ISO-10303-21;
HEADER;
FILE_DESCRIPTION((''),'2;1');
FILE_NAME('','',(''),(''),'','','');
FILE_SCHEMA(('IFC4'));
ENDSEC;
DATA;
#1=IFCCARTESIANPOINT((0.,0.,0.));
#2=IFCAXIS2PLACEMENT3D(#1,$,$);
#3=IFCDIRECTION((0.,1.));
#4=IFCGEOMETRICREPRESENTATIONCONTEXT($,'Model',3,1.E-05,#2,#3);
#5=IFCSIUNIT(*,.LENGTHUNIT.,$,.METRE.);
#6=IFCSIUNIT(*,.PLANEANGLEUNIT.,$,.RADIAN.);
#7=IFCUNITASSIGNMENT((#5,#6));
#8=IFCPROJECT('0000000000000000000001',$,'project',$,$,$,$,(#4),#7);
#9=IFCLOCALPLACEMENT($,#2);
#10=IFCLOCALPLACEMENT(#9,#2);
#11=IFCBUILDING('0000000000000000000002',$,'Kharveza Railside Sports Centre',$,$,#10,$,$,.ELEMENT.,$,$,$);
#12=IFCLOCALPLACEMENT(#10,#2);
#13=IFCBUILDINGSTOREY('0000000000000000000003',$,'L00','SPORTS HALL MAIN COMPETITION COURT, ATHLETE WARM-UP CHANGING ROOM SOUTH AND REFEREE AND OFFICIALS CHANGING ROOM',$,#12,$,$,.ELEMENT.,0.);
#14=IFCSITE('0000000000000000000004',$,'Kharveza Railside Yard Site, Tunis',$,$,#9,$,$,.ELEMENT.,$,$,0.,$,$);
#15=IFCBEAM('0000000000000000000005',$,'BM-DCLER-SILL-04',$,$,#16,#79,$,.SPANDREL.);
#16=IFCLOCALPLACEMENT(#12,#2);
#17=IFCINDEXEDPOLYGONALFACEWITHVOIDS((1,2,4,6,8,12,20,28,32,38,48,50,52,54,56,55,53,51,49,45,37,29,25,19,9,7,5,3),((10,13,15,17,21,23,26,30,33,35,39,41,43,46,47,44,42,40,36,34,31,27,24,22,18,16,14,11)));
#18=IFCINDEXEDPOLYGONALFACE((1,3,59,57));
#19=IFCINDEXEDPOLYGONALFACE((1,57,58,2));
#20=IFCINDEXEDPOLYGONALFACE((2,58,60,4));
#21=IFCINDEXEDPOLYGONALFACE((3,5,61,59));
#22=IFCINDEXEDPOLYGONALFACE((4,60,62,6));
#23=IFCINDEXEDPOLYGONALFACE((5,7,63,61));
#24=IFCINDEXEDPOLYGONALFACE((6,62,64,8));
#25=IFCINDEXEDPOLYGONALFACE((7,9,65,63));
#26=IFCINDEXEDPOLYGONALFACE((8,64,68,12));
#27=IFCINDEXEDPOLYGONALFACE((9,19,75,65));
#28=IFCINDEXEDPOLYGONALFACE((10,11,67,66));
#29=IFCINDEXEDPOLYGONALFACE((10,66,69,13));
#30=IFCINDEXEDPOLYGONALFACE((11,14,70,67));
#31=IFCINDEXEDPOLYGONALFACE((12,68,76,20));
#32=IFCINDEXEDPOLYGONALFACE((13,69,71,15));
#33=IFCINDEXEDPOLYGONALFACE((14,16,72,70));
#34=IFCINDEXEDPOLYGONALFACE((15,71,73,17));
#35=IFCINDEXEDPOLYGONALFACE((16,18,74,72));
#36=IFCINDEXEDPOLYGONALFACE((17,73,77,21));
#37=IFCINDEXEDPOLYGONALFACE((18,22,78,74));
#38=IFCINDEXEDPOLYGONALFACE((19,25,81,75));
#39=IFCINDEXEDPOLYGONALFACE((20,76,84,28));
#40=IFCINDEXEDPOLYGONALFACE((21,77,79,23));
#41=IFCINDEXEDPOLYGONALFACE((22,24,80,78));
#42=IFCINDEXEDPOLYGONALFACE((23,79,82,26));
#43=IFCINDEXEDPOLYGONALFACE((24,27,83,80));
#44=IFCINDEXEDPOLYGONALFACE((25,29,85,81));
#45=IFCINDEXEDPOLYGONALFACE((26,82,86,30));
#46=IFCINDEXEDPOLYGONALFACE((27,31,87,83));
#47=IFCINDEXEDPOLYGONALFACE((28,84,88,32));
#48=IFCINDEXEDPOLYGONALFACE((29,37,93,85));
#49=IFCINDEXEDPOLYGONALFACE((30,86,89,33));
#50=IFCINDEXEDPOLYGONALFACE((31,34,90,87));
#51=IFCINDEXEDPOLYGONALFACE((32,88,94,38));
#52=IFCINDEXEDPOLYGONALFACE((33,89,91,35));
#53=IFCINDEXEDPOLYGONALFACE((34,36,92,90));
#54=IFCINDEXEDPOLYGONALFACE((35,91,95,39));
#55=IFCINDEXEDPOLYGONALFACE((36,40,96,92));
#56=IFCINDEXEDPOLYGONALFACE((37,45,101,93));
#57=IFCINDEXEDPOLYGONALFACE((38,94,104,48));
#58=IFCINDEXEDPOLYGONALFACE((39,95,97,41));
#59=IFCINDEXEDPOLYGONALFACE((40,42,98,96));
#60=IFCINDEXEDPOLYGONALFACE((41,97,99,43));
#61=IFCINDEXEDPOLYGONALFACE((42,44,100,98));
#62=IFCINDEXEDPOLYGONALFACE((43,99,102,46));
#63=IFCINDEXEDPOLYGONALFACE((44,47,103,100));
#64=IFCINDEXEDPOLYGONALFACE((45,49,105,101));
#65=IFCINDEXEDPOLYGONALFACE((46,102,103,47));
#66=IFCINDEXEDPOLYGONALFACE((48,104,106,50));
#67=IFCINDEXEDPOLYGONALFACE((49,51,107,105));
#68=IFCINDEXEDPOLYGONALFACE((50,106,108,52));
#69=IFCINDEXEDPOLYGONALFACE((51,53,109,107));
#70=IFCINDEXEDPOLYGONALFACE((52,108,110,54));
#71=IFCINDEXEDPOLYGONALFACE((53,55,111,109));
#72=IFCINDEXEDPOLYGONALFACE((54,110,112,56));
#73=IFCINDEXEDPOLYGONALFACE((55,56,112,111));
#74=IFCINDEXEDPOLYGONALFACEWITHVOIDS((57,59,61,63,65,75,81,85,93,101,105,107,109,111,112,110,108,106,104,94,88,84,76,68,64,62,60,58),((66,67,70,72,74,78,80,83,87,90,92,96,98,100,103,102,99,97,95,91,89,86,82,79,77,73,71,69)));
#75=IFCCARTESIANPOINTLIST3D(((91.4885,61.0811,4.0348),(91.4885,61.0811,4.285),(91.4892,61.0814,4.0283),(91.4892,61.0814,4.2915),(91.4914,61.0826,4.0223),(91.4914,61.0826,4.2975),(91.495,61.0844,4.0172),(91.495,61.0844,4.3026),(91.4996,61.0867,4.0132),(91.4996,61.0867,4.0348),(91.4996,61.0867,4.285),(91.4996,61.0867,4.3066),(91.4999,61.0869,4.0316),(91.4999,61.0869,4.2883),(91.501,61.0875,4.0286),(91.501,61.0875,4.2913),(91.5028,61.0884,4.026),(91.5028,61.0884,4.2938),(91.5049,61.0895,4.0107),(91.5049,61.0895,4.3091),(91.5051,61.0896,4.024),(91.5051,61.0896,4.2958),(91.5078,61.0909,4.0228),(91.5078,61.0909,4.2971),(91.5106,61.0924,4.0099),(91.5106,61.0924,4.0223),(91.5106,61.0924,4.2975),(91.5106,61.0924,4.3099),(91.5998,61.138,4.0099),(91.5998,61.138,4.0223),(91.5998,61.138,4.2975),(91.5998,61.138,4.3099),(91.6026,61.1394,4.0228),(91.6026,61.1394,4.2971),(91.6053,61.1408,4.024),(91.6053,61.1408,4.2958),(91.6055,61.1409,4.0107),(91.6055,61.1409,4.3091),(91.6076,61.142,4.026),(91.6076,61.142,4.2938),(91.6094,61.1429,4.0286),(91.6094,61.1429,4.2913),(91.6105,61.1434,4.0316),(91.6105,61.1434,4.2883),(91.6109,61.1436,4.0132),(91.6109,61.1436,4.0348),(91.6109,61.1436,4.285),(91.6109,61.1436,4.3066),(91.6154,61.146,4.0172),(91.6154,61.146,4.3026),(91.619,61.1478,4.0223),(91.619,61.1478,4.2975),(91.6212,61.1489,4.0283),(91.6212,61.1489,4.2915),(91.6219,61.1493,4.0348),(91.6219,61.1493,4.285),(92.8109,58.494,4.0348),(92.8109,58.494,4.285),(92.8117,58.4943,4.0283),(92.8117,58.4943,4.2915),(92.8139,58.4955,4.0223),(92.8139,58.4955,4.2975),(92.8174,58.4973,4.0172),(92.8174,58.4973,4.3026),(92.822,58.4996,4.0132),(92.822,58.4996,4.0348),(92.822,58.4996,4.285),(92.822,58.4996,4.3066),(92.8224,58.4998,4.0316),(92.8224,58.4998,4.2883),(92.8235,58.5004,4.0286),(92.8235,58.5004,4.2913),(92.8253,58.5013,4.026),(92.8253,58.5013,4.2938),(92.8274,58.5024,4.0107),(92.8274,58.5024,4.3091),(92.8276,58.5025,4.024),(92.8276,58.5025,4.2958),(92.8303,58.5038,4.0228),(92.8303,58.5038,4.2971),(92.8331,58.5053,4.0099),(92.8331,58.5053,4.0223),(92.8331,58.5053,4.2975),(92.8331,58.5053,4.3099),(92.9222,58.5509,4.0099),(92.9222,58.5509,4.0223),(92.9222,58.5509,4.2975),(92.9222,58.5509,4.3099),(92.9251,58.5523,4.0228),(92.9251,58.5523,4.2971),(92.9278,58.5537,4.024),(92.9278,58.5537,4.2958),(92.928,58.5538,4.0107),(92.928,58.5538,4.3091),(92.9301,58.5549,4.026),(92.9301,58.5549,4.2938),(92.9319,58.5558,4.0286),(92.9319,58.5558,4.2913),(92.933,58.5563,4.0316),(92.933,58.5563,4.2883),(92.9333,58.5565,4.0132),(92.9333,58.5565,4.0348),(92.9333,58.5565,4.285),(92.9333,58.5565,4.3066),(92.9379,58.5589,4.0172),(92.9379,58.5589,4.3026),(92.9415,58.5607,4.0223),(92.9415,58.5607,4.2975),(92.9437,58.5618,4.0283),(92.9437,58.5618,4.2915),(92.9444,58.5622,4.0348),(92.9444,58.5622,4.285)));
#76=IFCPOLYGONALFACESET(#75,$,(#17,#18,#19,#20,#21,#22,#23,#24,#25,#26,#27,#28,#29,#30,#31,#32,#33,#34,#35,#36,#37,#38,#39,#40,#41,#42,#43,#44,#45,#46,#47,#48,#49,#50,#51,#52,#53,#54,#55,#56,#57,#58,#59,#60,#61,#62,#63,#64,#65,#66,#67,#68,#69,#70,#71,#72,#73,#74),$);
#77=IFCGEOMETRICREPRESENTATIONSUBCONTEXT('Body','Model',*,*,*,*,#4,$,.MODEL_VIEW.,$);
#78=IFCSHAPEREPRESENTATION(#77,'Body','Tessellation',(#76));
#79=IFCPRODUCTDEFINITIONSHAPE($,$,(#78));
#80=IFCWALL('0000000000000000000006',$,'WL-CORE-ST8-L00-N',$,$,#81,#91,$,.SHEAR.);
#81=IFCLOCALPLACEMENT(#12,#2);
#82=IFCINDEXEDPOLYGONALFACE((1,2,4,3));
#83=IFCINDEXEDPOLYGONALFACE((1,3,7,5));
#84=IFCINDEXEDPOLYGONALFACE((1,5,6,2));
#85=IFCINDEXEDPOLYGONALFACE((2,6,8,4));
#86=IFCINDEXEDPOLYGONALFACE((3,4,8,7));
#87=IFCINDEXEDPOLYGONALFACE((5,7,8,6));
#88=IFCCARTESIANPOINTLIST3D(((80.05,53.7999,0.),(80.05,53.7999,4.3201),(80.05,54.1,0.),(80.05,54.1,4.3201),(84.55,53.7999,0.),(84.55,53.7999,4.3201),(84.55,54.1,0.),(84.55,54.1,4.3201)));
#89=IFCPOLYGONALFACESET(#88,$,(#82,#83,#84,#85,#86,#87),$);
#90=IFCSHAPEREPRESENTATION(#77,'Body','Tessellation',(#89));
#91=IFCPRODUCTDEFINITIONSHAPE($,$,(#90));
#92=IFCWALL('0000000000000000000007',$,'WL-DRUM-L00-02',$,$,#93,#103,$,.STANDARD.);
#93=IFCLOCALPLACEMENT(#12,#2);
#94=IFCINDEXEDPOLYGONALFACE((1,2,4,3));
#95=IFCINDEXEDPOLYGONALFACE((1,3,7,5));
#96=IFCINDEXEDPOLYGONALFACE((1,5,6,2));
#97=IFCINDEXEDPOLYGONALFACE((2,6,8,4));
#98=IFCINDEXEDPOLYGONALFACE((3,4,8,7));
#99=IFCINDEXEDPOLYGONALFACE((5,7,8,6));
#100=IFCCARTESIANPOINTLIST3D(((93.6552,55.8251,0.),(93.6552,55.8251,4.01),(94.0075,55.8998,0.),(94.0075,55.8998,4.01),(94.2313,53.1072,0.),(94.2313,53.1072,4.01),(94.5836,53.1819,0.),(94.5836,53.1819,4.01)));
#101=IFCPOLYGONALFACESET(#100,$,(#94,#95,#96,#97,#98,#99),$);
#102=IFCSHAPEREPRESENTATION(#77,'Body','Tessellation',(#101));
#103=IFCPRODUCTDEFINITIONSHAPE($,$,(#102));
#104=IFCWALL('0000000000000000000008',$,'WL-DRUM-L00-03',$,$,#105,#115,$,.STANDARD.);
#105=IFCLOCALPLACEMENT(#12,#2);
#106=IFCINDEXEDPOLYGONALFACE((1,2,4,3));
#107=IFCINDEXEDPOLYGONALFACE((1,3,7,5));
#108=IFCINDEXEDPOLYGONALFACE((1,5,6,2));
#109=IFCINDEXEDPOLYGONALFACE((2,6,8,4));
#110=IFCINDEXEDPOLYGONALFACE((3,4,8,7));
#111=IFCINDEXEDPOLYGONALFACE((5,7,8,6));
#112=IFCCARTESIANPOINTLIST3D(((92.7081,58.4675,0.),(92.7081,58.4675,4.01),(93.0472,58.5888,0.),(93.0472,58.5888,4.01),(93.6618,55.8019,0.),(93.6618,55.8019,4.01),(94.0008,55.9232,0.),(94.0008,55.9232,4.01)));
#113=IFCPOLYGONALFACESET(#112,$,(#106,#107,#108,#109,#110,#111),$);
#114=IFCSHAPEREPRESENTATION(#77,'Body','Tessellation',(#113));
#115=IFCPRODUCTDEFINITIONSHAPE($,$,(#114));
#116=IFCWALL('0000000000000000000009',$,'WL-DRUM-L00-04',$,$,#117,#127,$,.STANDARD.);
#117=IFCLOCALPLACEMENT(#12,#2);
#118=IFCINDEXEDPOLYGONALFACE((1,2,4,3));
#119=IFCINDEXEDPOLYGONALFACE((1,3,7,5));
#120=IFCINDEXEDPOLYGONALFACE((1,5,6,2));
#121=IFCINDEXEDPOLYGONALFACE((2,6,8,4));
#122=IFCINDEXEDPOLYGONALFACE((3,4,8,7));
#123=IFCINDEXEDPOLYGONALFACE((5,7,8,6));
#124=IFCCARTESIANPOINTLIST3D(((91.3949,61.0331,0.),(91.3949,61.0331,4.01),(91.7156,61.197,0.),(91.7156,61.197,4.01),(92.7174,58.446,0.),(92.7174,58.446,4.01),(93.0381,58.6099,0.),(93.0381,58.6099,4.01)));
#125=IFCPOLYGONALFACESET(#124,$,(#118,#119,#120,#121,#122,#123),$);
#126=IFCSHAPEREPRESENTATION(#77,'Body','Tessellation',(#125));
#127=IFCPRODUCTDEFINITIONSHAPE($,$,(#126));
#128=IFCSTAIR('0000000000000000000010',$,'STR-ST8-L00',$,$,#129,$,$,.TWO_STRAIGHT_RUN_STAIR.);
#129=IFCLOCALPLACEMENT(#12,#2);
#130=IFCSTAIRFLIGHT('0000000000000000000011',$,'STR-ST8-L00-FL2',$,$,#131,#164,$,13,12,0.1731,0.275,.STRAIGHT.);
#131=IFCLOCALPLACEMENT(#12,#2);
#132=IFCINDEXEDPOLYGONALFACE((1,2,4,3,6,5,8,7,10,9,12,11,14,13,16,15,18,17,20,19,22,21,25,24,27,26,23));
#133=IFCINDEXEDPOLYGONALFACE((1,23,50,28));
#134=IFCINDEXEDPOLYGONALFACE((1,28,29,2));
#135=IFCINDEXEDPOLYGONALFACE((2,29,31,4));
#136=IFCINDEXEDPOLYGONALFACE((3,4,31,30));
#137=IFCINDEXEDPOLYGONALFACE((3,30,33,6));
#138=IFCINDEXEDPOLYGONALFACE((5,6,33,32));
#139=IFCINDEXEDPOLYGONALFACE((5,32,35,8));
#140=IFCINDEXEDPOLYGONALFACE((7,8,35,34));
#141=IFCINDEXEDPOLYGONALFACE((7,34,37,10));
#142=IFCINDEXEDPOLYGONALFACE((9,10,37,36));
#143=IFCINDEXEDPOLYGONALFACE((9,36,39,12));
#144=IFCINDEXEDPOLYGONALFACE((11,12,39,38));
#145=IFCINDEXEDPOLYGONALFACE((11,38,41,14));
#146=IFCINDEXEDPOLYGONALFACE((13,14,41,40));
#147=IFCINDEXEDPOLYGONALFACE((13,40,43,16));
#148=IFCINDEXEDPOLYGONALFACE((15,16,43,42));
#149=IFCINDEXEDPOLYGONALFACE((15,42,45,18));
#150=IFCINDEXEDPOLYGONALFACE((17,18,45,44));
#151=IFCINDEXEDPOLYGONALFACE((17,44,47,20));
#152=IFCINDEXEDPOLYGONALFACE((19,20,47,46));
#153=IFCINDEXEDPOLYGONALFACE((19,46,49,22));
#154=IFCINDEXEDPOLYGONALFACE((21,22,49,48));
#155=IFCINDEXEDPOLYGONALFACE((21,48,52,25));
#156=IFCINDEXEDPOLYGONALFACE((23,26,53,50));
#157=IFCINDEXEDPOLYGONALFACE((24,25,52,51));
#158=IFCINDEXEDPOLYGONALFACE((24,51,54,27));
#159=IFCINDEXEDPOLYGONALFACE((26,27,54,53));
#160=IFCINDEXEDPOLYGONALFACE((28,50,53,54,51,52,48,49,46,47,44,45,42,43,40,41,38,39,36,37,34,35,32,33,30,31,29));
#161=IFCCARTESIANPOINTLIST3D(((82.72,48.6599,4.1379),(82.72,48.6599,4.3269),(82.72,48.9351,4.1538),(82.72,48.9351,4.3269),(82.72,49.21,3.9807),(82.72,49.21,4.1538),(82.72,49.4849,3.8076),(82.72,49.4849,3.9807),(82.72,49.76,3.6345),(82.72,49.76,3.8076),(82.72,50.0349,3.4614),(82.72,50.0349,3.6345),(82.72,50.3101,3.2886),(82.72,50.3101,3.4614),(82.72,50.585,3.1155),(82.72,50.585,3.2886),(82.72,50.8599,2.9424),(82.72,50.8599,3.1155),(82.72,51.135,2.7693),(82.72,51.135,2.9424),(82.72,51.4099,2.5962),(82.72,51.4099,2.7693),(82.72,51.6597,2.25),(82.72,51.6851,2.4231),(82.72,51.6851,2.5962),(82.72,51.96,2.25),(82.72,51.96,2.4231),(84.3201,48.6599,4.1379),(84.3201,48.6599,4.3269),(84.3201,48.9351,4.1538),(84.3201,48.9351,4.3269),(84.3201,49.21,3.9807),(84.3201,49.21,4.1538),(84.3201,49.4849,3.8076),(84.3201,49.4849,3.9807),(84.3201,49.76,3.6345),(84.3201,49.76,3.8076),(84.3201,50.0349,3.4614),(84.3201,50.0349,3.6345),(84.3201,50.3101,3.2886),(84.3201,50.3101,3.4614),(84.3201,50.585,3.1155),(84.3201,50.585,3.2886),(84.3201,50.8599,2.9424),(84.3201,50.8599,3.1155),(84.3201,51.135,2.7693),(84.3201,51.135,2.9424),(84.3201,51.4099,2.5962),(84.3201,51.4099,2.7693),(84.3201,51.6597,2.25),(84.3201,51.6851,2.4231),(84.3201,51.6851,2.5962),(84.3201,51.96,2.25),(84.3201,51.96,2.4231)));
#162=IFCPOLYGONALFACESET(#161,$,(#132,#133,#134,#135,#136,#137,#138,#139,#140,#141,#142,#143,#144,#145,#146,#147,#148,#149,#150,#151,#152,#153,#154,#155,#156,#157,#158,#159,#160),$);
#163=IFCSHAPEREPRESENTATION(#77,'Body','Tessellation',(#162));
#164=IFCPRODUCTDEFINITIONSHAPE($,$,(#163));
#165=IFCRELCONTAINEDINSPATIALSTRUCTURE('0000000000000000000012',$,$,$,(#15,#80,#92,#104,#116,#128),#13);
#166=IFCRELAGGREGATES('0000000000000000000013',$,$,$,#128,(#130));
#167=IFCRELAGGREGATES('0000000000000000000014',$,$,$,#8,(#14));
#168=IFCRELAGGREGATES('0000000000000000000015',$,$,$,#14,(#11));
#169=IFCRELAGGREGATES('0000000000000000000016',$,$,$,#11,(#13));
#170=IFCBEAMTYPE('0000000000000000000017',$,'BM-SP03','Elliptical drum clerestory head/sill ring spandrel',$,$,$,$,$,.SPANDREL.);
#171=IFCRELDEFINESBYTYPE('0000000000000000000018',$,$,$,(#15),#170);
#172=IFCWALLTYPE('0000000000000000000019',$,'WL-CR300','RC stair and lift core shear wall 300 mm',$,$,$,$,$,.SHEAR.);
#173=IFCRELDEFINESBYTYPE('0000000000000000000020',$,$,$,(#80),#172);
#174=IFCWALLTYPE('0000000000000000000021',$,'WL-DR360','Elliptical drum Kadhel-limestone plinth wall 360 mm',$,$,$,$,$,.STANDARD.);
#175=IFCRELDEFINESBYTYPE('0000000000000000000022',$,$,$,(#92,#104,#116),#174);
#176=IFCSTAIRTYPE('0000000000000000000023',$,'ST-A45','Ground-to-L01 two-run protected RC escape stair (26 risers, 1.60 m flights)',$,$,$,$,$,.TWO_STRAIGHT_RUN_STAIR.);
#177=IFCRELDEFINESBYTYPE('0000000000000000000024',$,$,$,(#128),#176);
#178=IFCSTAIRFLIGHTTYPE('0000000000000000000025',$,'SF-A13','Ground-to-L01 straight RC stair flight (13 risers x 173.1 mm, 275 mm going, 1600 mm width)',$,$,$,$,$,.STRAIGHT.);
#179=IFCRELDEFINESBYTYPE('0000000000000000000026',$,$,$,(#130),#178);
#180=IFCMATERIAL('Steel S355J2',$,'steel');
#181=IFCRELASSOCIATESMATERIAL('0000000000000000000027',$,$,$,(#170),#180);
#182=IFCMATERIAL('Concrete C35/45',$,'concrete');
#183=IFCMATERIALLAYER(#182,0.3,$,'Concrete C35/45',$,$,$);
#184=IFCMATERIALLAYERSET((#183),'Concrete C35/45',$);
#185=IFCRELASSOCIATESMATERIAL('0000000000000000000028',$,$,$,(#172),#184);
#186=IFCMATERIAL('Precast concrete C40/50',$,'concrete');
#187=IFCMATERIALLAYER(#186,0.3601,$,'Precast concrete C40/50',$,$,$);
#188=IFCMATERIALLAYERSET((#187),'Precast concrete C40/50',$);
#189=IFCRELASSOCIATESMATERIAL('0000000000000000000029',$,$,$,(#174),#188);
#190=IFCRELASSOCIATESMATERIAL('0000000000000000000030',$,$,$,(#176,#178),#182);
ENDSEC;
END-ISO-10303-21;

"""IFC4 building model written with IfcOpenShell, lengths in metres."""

from ifc_helpers import new_model, si_unit, direction, frame, frame_2d, origin, origin_2d, place, context, subcontext, project, spatial, polyline, rectangle, hollow_rectangle, outline, extrude, material, layer, layer_set, material_profile, profile_set, type_object, element, aggregate, save


model = new_model("IFC4")

# Units and contexts
model_context = context("Model", 3, precision=1e-05, world=origin(), true_north=direction((0.0, 1.0)))
body_context = subcontext(model_context, "Body", "Model", "MODEL_VIEW")
ifc_project = project(units=[si_unit("LENGTHUNIT", "METRE"), si_unit("PLANEANGLEUNIT", "RADIAN")], contexts=[model_context])

# Site, building, storey
site_placement = place(None, origin())
site = spatial("IfcSite", under=ifc_project, at=site_placement, Name="Kharveza Railside Yard Site, Tunis", CompositionType="ELEMENT", RefElevation=0.0)
building_placement = place(site_placement, origin())
building = spatial("IfcBuilding", under=site, at=building_placement, Name="Kharveza Railside Sports Centre", CompositionType="ELEMENT")
storey_placement = place(building_placement, origin())
storey = spatial("IfcBuildingStorey", under=building, at=storey_placement, Name="L00", Description="SPORTS HALL MAIN COMPETITION COURT, ATHLETE WARM-UP CHANGING ROOM SOUTH AND REFEREE AND OFFICIALS CHANGING ROOM", CompositionType="ELEMENT", Elevation=0.0)

# Shared definitions
ifc_material_1 = material(Name="Concrete C35/45", Category="concrete")

# Shared definitions
ifc_material_2 = material(Name="Steel S355J2", Category="steel")

# Beam
ifc_material_profile_1 = material_profile(ifc_material_2, hollow_rectangle(XDim=0.1499, YDim=0.3, WallThickness=0.0125, InnerFilletRadius=0.0125, OuterFilletRadius=0.0249, at=origin_2d()), Name="RHS 150x300x12.5")
ifc_profile_set_1 = profile_set([ifc_material_profile_1], Name="Steel S355J2")
beam_type = type_object("IfcBeamType", Name="BM-SP03", Description="Elliptical drum clerestory head/sill ring spandrel", PredefinedType="SPANDREL", material=ifc_profile_set_1)
beam_1_placement = place(storey_placement, frame((92.8777, 58.5281, 4.1599), z_axis=(-0.455161, 0.890409, 0.0), x_axis=(-0.890409, -0.455161, 0.0)))
element("IfcBeam", 1, at=beam_1_placement, inside=storey, type_object=beam_type, Name="BM-DCLER-SILL-04", PredefinedType="SPANDREL", context=body_context, shape_type="SweptSolid", body=[
    extrude(hollow_rectangle(XDim=0.1499, YDim=0.3, WallThickness=0.0125, InnerFilletRadius=0.0125, OuterFilletRadius=0.0249, at=origin_2d()), origin(), (0.0, 0.0, 1.0), 2.9055),
])

# Walls
ifc_layer_1 = layer(ifc_material_1, 0.3, Name="Concrete C35/45")
ifc_layer_set_1 = layer_set([ifc_layer_1], Name="Concrete C35/45")
wall_type_1 = type_object("IfcWallType", Name="WL-CR300", Description="RC stair and lift core shear wall 300 mm", PredefinedType="SHEAR", material=ifc_layer_set_1)
wall_1_placement = place(storey_placement, frame((84.55, 53.95, 0.0), z_axis=(0.0, 0.0, 1.0), x_axis=(-1.0, 0.0, 0.0)))
element("IfcWall", 2, at=wall_1_placement, inside=storey, type_object=wall_type_1, Name="WL-CORE-ST8-L00-N", PredefinedType="SHEAR", context=body_context, shape_type="SweptSolid", body=[
    extrude(rectangle(XDim=4.5, YDim=0.3, at=frame_2d((2.25, 0.0))), origin(), (0.0, 0.0, 1.0), 4.3201),
])
ifc_material_3 = material(Name="Precast concrete C40/50", Category="concrete")
ifc_layer_2 = layer(ifc_material_3, 0.3601, Name="Precast concrete C40/50")
ifc_layer_set_2 = layer_set([ifc_layer_2], Name="Precast concrete C40/50")
wall_type_2 = type_object("IfcWallType", Name="WL-DR360", Description="Elliptical drum Kadhel-limestone plinth wall 360 mm", PredefinedType="STANDARD", material=ifc_layer_set_2)
wall_2_placement = place(storey_placement, frame((94.4075, 53.1445, 0.0), z_axis=(0.0, 0.0, 1.0), x_axis=(-0.207374, 0.978262, 0.0)))
element("IfcWall", 3, at=wall_2_placement, inside=storey, type_object=wall_type_2, Name="WL-DRUM-L00-02", PredefinedType="STANDARD", context=body_context, shape_type="SweptSolid", body=[
    extrude(rectangle(XDim=2.7783, YDim=0.3601, at=frame_2d((1.3892, 0.0))), origin(), (0.0, 0.0, 1.0), 4.01),
])
wall_3_placement = place(storey_placement, frame((93.8313, 55.8625, 0.0), z_axis=(0.0, 0.0, 1.0), x_axis=(-0.33685, 0.941558, 0.0)))
element("IfcWall", 4, at=wall_3_placement, inside=storey, type_object=wall_type_2, Name="WL-DRUM-L00-03", PredefinedType="STANDARD", context=body_context, shape_type="SweptSolid", body=[
    extrude(rectangle(XDim=2.8311, YDim=0.3601, at=frame_2d((1.4155, 0.0))), origin(), (0.0, 0.0, 1.0), 4.01),
])
wall_4_placement = place(storey_placement, frame((92.8777, 58.5281, 0.0), z_axis=(0.0, 0.0, 1.0), x_axis=(-0.455161, 0.890409, 0.0)))
element("IfcWall", 5, at=wall_4_placement, inside=storey, type_object=wall_type_2, Name="WL-DRUM-L00-04", PredefinedType="STANDARD", context=body_context, shape_type="SweptSolid", body=[
    extrude(rectangle(XDim=2.9055, YDim=0.3601, at=frame_2d((1.4526, 0.0))), origin(), (0.0, 0.0, 1.0), 4.01),
])

# Stair, stair flight
stair_type = type_object("IfcStairType", Name="ST-A45", Description="Ground-to-L01 two-run protected RC escape stair (26 risers, 1.60 m flights)", PredefinedType="TWO_STRAIGHT_RUN_STAIR", material=ifc_material_1)
stair_placement = place(storey_placement, origin())
stair = element("IfcStair", 6, at=stair_placement, inside=storey, type_object=stair_type, Name="STR-ST8-L00", PredefinedType="TWO_STRAIGHT_RUN_STAIR")
stair_flight_type = type_object("IfcStairFlightType", Name="SF-A13", Description="Ground-to-L01 straight RC stair flight (13 risers x 173.1 mm, 275 mm going, 1600 mm width)", PredefinedType="STRAIGHT", material=ifc_material_1)
stair_flight_placement = place(storey_placement, frame((83.52, 51.96, 2.25), z_axis=(0.0, 0.0, 1.0), x_axis=(0.0, -1.0, 0.0)))
stair_flight = element("IfcStairFlight", 7, at=stair_flight_placement, type_object=stair_flight_type, Name="STR-ST8-L00-FL2", NumberOfRisers=13, NumberOfTreads=12, PredefinedType="STRAIGHT", RiserHeight=0.1731, TreadLength=0.275, context=body_context, shape_type="SweptSolid", body=[
    extrude(outline(polyline([(0.0, 0.0), (0.0, 0.1731), (0.2749, 0.1731), (0.2749, 0.3462), (0.55, 0.3462), (0.55, 0.5193), (0.825, 0.5193), (0.825, 0.6924), (1.1001, 0.6924), (1.1001, 0.8655), (1.375, 0.8655), (1.375, 1.0386), (1.6499, 1.0386), (1.6499, 1.2114), (1.925, 1.2114), (1.925, 1.3845), (2.2, 1.3845), (2.2, 1.5576), (2.4751, 1.5576), (2.4751, 1.7307), (2.75, 1.7307), (2.75, 1.9038), (3.0249, 1.9038), (3.0249, 2.0769), (3.3, 2.0769), (3.3, 2.25), (3.3, 1.8879), (0.3003, 0.0), (0.0, 0.0)])), frame((0.0, 0.8, 0.0), z_axis=(0.0, -1.0, 0.0), x_axis=(1.0, 0.0, 0.0)), (0.0, 0.0, 1.0), 1.6001),
])
aggregate(stair, [stair_flight])

save(model, "model.ifc")
